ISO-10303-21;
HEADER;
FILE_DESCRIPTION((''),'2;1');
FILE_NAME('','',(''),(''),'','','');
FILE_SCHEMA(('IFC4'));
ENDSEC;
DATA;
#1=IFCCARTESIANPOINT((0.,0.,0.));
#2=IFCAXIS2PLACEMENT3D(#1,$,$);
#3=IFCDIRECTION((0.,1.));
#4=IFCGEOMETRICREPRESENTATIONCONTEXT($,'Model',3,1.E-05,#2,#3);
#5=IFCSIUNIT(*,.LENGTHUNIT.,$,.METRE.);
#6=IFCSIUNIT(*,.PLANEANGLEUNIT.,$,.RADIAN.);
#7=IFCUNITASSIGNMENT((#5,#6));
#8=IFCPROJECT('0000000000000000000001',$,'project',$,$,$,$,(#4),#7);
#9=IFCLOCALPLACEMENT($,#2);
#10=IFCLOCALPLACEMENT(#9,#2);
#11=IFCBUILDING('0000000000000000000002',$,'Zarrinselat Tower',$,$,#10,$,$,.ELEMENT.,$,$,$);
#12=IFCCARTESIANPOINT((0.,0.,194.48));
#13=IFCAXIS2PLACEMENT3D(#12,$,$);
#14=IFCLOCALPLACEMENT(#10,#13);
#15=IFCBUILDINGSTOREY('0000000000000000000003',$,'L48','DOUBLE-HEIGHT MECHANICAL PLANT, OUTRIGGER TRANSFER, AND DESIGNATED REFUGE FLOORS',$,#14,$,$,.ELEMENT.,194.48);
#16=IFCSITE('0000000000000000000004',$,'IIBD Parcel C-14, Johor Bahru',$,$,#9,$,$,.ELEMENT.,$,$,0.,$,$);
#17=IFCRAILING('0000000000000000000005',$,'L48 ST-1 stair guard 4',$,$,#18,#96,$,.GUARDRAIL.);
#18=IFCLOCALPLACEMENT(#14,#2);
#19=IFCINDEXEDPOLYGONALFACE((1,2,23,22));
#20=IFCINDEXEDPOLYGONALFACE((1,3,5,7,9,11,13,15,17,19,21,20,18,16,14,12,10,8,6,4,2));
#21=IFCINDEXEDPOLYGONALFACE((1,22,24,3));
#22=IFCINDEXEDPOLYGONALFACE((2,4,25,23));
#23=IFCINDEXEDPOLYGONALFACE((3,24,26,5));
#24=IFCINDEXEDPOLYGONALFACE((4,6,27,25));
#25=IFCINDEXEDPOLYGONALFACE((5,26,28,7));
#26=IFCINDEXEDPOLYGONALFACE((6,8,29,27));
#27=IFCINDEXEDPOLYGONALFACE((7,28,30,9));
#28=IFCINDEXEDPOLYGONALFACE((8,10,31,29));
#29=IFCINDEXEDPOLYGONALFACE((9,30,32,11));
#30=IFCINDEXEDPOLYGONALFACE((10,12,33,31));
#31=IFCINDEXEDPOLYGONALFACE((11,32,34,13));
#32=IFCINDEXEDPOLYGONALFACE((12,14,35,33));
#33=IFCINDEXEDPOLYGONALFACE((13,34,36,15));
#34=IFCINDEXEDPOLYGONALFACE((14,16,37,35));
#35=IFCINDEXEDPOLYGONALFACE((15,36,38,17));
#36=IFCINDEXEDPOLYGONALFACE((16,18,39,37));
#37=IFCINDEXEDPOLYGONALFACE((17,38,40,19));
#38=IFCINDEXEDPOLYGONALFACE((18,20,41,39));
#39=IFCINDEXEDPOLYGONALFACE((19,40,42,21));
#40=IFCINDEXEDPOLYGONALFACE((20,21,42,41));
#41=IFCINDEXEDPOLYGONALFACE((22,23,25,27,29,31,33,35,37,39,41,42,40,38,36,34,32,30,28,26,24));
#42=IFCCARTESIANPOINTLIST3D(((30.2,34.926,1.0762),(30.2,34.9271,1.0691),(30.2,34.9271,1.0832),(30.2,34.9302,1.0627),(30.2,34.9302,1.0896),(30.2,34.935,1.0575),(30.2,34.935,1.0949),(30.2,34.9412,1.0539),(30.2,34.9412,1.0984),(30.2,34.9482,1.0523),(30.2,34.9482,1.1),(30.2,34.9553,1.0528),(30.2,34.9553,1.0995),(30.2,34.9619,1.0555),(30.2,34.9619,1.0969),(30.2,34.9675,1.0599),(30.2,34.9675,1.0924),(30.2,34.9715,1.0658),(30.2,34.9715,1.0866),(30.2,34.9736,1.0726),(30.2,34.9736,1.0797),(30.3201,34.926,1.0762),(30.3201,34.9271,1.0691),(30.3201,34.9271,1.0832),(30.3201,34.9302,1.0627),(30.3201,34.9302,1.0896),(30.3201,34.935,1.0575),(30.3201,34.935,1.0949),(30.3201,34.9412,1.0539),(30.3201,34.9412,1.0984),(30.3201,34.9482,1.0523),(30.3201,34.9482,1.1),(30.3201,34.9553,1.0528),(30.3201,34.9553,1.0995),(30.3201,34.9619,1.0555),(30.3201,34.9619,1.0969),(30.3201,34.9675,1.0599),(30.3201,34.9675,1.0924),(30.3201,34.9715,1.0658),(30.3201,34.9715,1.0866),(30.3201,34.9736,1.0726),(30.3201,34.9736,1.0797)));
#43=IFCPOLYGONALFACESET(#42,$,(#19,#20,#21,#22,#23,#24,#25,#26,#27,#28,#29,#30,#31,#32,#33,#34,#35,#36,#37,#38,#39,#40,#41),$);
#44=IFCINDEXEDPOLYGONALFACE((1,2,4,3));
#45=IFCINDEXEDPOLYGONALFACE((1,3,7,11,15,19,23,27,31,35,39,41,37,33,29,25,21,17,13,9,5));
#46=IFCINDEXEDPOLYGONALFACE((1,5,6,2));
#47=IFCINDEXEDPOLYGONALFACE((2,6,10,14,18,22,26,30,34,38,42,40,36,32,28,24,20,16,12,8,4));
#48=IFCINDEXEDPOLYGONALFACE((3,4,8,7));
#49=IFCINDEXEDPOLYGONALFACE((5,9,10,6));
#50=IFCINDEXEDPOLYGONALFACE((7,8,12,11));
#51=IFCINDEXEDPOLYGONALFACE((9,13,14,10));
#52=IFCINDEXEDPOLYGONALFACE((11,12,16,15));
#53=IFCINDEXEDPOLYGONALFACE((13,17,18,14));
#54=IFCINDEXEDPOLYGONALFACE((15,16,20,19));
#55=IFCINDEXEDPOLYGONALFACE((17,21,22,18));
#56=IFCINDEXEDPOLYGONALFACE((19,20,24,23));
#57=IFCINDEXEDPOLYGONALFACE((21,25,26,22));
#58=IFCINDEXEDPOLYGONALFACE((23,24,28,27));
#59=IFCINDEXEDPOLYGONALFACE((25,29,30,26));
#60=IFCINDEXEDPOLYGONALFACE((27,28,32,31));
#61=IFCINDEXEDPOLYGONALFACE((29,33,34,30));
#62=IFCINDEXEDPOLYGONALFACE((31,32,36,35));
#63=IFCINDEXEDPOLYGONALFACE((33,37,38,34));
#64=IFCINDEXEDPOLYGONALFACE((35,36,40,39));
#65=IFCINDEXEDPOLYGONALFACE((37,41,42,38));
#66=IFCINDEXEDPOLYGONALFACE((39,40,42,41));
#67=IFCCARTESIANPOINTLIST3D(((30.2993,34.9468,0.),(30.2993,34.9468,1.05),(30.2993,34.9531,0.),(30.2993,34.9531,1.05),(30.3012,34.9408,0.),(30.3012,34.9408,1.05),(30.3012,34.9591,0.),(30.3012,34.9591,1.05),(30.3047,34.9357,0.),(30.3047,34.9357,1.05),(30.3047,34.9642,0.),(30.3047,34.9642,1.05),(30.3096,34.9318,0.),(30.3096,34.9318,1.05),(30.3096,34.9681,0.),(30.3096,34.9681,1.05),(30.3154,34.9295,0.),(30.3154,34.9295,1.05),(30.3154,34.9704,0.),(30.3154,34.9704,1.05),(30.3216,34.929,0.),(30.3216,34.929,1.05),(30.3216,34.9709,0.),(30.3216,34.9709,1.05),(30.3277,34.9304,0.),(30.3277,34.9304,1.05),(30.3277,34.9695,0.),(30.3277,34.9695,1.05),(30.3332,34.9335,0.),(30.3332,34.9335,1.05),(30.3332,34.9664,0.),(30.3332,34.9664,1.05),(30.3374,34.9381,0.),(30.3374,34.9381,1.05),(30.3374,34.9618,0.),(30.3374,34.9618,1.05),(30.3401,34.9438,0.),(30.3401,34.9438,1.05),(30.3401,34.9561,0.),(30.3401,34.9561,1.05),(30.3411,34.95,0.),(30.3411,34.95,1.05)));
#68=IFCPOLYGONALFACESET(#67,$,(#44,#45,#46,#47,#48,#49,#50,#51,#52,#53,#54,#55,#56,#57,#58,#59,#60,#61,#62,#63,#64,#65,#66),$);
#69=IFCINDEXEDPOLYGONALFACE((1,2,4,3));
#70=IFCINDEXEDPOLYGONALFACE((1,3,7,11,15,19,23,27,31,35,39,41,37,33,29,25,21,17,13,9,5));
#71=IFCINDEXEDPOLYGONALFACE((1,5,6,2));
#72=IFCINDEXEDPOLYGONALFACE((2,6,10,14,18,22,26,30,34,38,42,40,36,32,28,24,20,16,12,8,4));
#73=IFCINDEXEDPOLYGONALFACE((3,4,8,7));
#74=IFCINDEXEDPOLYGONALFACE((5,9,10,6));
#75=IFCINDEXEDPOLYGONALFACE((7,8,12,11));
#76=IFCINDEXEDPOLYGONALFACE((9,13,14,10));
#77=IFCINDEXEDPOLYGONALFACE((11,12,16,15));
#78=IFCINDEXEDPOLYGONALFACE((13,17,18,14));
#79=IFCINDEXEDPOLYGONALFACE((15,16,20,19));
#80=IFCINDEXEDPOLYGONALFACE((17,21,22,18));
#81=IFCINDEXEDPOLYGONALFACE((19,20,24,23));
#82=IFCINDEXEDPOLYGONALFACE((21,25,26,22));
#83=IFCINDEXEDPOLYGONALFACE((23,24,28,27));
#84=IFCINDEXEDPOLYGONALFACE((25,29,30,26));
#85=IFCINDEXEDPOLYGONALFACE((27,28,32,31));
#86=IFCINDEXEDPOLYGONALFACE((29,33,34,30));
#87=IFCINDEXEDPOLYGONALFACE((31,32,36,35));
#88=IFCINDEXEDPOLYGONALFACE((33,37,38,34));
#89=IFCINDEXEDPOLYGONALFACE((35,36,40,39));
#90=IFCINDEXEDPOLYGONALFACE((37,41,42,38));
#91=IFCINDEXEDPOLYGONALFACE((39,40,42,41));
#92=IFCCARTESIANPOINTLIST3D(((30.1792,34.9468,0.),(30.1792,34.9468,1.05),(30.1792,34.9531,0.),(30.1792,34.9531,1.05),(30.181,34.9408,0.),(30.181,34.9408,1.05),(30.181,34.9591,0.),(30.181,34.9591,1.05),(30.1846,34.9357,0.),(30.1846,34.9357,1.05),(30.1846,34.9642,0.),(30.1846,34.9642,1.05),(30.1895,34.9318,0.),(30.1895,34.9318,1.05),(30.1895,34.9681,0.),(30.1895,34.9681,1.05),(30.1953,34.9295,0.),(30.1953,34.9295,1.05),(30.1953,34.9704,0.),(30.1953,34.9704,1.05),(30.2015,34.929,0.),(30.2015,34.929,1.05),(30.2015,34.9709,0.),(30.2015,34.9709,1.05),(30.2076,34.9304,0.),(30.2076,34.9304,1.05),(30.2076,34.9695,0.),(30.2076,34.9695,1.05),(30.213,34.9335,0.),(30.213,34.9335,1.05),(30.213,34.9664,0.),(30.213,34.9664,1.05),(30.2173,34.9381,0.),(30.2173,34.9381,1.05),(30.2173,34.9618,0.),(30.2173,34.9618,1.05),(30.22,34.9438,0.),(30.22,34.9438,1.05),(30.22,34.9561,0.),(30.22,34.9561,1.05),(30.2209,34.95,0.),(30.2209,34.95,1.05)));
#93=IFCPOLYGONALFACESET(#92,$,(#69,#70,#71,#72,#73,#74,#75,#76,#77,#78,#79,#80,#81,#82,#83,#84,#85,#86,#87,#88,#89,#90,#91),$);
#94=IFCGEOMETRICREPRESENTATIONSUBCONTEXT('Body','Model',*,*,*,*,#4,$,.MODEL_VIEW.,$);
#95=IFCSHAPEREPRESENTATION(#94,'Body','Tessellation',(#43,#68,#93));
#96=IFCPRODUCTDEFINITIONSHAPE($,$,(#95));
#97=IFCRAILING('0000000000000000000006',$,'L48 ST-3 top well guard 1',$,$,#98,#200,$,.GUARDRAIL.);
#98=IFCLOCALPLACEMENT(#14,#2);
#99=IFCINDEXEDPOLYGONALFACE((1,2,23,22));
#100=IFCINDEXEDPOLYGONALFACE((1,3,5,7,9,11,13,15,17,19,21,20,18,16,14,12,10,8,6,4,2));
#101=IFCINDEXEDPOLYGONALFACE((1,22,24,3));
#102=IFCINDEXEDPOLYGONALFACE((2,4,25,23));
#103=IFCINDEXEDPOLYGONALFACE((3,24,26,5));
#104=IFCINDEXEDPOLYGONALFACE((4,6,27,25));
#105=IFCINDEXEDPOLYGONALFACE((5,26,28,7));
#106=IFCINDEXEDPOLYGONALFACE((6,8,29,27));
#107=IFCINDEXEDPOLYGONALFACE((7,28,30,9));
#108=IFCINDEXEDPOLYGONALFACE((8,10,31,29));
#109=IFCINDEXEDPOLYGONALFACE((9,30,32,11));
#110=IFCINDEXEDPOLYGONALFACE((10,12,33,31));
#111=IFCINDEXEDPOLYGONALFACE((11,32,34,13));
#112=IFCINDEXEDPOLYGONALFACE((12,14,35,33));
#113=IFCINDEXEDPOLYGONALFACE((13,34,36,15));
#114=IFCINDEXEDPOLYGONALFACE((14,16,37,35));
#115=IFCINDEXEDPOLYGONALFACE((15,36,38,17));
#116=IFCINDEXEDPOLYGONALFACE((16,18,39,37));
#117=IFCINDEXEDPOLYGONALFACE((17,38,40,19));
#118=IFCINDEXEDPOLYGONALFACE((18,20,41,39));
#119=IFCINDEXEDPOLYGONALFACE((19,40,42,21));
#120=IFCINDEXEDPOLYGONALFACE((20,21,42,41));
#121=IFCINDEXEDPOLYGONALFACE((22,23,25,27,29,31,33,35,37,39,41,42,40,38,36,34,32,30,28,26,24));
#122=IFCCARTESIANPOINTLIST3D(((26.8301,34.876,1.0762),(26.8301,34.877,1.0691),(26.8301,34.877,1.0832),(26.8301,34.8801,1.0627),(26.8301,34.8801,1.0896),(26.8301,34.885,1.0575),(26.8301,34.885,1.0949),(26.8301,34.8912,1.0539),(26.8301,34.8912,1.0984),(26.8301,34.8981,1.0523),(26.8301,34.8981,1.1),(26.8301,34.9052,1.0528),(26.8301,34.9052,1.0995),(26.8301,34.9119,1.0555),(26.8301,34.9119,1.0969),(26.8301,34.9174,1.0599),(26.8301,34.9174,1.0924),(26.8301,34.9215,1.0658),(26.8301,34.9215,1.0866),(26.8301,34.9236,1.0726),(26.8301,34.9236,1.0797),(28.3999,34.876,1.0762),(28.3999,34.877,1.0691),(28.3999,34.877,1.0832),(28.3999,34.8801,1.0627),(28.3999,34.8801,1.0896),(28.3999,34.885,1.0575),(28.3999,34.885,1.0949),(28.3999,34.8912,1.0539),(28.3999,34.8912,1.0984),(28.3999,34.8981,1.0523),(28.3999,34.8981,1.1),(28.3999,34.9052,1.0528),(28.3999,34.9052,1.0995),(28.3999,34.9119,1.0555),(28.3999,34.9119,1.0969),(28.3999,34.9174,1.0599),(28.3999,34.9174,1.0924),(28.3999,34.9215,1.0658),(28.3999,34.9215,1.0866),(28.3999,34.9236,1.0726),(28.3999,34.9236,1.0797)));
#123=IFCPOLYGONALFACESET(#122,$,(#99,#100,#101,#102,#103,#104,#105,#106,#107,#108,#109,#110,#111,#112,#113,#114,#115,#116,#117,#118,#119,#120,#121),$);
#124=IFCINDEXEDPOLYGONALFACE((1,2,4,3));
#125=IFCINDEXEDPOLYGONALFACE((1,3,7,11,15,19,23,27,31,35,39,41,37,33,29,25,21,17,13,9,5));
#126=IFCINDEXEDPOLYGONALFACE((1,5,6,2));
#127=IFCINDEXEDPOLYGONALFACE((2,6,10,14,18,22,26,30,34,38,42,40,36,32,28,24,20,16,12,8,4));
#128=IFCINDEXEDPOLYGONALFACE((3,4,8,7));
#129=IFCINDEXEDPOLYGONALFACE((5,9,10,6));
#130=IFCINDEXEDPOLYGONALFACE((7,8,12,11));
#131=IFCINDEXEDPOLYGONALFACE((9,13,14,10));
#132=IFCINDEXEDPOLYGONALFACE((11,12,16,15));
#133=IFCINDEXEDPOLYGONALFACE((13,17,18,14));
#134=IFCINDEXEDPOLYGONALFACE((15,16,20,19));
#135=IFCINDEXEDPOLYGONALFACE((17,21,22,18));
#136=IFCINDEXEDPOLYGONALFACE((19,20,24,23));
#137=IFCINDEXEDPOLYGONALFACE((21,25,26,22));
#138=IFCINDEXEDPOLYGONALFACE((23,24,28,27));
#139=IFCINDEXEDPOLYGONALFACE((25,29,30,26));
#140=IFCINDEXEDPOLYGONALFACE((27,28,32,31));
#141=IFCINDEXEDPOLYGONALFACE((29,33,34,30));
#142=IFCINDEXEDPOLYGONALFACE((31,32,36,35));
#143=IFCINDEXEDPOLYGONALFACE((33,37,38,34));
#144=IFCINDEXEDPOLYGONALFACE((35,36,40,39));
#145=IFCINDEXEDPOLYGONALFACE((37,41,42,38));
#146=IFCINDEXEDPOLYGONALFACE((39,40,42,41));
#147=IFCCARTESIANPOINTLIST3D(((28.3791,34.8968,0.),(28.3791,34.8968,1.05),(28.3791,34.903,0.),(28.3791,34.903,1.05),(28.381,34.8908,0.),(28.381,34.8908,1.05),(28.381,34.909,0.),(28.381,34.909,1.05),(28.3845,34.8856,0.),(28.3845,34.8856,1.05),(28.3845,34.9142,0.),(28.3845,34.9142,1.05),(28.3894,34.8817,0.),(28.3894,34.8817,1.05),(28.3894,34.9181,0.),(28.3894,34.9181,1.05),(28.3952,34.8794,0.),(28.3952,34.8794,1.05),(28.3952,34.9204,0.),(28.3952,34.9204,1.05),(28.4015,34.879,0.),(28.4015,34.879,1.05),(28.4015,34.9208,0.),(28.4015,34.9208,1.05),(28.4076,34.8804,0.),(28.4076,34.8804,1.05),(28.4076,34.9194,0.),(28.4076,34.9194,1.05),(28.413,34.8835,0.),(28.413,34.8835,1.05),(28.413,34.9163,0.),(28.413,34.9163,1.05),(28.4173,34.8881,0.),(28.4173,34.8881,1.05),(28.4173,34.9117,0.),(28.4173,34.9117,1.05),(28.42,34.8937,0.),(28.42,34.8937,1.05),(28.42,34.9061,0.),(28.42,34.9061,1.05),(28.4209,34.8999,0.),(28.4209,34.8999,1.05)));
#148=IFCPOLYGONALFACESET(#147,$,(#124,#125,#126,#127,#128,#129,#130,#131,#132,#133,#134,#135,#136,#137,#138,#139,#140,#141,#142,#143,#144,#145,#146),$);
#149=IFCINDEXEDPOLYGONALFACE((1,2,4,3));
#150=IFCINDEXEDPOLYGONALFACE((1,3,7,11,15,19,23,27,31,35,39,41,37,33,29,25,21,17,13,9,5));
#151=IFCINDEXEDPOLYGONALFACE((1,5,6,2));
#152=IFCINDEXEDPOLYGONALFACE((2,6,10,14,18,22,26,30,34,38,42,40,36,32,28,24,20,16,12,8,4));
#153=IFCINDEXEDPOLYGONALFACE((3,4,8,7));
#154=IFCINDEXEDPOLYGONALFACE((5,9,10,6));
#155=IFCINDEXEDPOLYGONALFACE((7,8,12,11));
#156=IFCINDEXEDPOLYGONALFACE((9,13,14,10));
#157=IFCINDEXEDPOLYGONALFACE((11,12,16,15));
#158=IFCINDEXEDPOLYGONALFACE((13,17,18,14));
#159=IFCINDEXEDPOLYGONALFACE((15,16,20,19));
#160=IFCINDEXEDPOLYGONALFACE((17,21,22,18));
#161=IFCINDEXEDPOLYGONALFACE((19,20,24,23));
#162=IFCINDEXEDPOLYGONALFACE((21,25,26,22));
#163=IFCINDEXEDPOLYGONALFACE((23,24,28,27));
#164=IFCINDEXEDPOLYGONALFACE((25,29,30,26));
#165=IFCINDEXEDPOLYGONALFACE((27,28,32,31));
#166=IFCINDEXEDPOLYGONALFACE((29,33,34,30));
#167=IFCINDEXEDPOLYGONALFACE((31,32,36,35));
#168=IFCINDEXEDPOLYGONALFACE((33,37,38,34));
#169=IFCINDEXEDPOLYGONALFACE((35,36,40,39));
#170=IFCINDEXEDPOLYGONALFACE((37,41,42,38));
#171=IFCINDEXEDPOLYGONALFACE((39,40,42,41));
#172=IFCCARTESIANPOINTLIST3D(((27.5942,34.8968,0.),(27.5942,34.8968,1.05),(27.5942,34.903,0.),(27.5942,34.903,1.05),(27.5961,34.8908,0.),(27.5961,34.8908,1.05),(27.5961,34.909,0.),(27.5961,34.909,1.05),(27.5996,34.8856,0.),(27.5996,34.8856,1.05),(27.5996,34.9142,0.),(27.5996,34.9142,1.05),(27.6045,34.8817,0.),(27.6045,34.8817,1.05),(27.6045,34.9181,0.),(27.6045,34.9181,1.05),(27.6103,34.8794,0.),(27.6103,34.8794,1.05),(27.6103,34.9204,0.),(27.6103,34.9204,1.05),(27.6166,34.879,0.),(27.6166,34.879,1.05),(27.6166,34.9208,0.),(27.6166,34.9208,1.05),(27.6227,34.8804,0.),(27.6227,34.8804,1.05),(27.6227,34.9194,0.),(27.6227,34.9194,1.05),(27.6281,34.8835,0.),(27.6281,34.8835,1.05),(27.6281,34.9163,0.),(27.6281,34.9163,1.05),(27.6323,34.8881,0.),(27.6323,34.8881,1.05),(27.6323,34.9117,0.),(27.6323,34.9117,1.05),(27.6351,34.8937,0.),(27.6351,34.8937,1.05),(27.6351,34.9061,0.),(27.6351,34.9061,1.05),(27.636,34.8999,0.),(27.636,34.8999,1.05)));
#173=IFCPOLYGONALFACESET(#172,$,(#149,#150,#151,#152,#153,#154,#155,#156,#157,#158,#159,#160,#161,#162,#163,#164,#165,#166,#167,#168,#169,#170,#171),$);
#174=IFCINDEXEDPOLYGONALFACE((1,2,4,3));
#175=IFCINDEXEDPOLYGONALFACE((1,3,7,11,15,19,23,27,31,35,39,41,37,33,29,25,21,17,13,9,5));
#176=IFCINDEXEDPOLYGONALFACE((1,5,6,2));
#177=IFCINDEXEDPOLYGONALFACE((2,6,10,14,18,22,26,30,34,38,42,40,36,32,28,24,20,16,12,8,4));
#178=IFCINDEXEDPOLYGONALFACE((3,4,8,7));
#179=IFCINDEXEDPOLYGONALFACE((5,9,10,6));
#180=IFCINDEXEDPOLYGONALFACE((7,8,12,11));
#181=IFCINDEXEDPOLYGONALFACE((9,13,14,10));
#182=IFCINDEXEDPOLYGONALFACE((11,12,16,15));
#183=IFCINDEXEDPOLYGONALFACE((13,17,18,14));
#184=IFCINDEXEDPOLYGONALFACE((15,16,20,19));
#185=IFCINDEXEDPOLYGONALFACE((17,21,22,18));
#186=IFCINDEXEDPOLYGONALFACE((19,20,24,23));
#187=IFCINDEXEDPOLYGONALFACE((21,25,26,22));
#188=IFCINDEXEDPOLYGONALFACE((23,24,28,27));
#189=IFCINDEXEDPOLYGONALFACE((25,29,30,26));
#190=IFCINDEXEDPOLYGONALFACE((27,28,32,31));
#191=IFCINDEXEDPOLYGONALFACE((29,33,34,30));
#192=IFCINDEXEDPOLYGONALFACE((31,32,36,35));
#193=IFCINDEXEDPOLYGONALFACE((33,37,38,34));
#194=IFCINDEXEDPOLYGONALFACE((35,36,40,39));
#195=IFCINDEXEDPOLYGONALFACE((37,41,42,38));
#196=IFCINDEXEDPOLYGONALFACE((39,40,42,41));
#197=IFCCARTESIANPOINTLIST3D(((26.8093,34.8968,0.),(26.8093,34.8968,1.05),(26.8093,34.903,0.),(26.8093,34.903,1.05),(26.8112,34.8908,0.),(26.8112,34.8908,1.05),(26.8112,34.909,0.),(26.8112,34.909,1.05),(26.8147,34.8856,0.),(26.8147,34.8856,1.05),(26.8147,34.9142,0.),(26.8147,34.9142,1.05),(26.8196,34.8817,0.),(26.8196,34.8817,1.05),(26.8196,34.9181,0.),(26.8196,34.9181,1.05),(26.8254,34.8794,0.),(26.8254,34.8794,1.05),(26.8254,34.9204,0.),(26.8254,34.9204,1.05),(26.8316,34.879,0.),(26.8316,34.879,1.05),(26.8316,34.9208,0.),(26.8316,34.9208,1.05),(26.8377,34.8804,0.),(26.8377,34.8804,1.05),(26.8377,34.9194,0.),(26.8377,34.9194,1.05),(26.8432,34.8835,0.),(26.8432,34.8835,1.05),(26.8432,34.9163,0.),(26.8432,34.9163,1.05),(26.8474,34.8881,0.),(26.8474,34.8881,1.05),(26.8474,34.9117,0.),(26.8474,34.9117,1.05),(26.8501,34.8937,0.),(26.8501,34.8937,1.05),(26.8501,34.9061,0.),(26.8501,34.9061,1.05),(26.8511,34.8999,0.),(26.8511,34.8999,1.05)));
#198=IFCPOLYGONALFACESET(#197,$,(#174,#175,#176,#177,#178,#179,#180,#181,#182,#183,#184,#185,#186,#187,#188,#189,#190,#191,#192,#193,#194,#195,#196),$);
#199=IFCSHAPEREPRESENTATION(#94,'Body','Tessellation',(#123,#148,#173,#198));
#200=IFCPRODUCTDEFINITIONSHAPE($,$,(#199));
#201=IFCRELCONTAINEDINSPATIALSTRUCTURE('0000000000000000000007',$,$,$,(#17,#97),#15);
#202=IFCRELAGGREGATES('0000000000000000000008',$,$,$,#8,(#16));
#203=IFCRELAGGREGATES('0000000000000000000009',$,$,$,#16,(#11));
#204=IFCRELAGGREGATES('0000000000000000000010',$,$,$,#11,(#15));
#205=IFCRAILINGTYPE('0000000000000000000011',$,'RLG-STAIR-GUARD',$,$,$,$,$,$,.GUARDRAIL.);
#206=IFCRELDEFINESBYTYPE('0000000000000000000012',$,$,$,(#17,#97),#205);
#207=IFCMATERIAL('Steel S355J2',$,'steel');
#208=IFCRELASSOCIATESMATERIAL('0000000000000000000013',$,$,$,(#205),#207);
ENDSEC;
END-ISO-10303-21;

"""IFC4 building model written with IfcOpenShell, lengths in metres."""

from ifc_helpers import new_model, si_unit, direction, frame, origin, origin_2d, place, context, subcontext, project, spatial, circle, extrude, material, type_object, element, save


model = new_model("IFC4")

# Units and contexts
model_context = context("Model", 3, precision=1e-05, world=origin(), true_north=direction((0.0, 1.0)))
body_context = subcontext(model_context, "Body", "Model", "MODEL_VIEW")
ifc_project = project(units=[si_unit("LENGTHUNIT", "METRE"), si_unit("PLANEANGLEUNIT", "RADIAN")], contexts=[model_context])

# Site, building, storey
site_placement = place(None, origin())
site = spatial("IfcSite", under=ifc_project, at=site_placement, Name="IIBD Parcel C-14, Johor Bahru", CompositionType="ELEMENT", RefElevation=0.0)
building_placement = place(site_placement, origin())
building = spatial("IfcBuilding", under=site, at=building_placement, Name="Zarrinselat Tower", CompositionType="ELEMENT")
storey_placement = place(building_placement, frame((0.0, 0.0, 194.48)))
storey = spatial("IfcBuildingStorey", under=building, at=storey_placement, Name="L48", Description="DOUBLE-HEIGHT MECHANICAL PLANT, OUTRIGGER TRANSFER, AND DESIGNATED REFUGE FLOORS", CompositionType="ELEMENT", Elevation=194.48)

# Railings
ifc_material_1 = material(Name="Steel S355J2", Category="steel")
railing_type_1 = type_object("IfcRailingType", Name="RLG-STAIR-GUARD", PredefinedType="GUARDRAIL", material=ifc_material_1)
railing_1_placement = place(storey_placement, frame((30.3201, 34.95, 0.0)))
element("IfcRailing", 1, at=railing_1_placement, inside=storey, type_object=railing_type_1, Name="L48 ST-1 stair guard 4", PredefinedType="GUARDRAIL", context=body_context, shape_type="SweptSolid", body=[
    extrude(circle(Radius=0.0239, at=origin_2d()), frame((0.0, 0.0, 1.0762), z_axis=(-1.0, 0.0, 0.0), x_axis=(0.0, -1.0, 0.0)), (0.0, 0.0, 1.0), 0.1201),
    extrude(circle(Radius=0.021, at=origin_2d()), origin(), (0.0, 0.0, 1.0), 1.05),
    extrude(circle(Radius=0.021, at=origin_2d()), frame((-0.1201, 0.0, 0.0)), (0.0, 0.0, 1.0), 1.05),
])
railing_2_placement = place(storey_placement, frame((28.3999, 34.8999, 0.0)))
element("IfcRailing", 2, at=railing_2_placement, inside=storey, type_object=railing_type_1, Name="L48 ST-3 top well guard 1", PredefinedType="GUARDRAIL", context=body_context, shape_type="SweptSolid", body=[
    extrude(circle(Radius=0.0239, at=origin_2d()), frame((0.0, 0.0, 1.0762), z_axis=(-1.0, 0.0, 0.0), x_axis=(0.0, -1.0, 0.0)), (0.0, 0.0, 1.0), 1.5698),
    extrude(circle(Radius=0.021, at=origin_2d()), origin(), (0.0, 0.0, 1.0), 1.05),
    extrude(circle(Radius=0.021, at=origin_2d()), frame((-0.7849, 0.0, 0.0)), (0.0, 0.0, 1.0), 1.05),
    extrude(circle(Radius=0.021, at=origin_2d()), frame((-1.5698, 0.0, 0.0)), (0.0, 0.0, 1.0), 1.05),
])

save(model, "model.ifc")
